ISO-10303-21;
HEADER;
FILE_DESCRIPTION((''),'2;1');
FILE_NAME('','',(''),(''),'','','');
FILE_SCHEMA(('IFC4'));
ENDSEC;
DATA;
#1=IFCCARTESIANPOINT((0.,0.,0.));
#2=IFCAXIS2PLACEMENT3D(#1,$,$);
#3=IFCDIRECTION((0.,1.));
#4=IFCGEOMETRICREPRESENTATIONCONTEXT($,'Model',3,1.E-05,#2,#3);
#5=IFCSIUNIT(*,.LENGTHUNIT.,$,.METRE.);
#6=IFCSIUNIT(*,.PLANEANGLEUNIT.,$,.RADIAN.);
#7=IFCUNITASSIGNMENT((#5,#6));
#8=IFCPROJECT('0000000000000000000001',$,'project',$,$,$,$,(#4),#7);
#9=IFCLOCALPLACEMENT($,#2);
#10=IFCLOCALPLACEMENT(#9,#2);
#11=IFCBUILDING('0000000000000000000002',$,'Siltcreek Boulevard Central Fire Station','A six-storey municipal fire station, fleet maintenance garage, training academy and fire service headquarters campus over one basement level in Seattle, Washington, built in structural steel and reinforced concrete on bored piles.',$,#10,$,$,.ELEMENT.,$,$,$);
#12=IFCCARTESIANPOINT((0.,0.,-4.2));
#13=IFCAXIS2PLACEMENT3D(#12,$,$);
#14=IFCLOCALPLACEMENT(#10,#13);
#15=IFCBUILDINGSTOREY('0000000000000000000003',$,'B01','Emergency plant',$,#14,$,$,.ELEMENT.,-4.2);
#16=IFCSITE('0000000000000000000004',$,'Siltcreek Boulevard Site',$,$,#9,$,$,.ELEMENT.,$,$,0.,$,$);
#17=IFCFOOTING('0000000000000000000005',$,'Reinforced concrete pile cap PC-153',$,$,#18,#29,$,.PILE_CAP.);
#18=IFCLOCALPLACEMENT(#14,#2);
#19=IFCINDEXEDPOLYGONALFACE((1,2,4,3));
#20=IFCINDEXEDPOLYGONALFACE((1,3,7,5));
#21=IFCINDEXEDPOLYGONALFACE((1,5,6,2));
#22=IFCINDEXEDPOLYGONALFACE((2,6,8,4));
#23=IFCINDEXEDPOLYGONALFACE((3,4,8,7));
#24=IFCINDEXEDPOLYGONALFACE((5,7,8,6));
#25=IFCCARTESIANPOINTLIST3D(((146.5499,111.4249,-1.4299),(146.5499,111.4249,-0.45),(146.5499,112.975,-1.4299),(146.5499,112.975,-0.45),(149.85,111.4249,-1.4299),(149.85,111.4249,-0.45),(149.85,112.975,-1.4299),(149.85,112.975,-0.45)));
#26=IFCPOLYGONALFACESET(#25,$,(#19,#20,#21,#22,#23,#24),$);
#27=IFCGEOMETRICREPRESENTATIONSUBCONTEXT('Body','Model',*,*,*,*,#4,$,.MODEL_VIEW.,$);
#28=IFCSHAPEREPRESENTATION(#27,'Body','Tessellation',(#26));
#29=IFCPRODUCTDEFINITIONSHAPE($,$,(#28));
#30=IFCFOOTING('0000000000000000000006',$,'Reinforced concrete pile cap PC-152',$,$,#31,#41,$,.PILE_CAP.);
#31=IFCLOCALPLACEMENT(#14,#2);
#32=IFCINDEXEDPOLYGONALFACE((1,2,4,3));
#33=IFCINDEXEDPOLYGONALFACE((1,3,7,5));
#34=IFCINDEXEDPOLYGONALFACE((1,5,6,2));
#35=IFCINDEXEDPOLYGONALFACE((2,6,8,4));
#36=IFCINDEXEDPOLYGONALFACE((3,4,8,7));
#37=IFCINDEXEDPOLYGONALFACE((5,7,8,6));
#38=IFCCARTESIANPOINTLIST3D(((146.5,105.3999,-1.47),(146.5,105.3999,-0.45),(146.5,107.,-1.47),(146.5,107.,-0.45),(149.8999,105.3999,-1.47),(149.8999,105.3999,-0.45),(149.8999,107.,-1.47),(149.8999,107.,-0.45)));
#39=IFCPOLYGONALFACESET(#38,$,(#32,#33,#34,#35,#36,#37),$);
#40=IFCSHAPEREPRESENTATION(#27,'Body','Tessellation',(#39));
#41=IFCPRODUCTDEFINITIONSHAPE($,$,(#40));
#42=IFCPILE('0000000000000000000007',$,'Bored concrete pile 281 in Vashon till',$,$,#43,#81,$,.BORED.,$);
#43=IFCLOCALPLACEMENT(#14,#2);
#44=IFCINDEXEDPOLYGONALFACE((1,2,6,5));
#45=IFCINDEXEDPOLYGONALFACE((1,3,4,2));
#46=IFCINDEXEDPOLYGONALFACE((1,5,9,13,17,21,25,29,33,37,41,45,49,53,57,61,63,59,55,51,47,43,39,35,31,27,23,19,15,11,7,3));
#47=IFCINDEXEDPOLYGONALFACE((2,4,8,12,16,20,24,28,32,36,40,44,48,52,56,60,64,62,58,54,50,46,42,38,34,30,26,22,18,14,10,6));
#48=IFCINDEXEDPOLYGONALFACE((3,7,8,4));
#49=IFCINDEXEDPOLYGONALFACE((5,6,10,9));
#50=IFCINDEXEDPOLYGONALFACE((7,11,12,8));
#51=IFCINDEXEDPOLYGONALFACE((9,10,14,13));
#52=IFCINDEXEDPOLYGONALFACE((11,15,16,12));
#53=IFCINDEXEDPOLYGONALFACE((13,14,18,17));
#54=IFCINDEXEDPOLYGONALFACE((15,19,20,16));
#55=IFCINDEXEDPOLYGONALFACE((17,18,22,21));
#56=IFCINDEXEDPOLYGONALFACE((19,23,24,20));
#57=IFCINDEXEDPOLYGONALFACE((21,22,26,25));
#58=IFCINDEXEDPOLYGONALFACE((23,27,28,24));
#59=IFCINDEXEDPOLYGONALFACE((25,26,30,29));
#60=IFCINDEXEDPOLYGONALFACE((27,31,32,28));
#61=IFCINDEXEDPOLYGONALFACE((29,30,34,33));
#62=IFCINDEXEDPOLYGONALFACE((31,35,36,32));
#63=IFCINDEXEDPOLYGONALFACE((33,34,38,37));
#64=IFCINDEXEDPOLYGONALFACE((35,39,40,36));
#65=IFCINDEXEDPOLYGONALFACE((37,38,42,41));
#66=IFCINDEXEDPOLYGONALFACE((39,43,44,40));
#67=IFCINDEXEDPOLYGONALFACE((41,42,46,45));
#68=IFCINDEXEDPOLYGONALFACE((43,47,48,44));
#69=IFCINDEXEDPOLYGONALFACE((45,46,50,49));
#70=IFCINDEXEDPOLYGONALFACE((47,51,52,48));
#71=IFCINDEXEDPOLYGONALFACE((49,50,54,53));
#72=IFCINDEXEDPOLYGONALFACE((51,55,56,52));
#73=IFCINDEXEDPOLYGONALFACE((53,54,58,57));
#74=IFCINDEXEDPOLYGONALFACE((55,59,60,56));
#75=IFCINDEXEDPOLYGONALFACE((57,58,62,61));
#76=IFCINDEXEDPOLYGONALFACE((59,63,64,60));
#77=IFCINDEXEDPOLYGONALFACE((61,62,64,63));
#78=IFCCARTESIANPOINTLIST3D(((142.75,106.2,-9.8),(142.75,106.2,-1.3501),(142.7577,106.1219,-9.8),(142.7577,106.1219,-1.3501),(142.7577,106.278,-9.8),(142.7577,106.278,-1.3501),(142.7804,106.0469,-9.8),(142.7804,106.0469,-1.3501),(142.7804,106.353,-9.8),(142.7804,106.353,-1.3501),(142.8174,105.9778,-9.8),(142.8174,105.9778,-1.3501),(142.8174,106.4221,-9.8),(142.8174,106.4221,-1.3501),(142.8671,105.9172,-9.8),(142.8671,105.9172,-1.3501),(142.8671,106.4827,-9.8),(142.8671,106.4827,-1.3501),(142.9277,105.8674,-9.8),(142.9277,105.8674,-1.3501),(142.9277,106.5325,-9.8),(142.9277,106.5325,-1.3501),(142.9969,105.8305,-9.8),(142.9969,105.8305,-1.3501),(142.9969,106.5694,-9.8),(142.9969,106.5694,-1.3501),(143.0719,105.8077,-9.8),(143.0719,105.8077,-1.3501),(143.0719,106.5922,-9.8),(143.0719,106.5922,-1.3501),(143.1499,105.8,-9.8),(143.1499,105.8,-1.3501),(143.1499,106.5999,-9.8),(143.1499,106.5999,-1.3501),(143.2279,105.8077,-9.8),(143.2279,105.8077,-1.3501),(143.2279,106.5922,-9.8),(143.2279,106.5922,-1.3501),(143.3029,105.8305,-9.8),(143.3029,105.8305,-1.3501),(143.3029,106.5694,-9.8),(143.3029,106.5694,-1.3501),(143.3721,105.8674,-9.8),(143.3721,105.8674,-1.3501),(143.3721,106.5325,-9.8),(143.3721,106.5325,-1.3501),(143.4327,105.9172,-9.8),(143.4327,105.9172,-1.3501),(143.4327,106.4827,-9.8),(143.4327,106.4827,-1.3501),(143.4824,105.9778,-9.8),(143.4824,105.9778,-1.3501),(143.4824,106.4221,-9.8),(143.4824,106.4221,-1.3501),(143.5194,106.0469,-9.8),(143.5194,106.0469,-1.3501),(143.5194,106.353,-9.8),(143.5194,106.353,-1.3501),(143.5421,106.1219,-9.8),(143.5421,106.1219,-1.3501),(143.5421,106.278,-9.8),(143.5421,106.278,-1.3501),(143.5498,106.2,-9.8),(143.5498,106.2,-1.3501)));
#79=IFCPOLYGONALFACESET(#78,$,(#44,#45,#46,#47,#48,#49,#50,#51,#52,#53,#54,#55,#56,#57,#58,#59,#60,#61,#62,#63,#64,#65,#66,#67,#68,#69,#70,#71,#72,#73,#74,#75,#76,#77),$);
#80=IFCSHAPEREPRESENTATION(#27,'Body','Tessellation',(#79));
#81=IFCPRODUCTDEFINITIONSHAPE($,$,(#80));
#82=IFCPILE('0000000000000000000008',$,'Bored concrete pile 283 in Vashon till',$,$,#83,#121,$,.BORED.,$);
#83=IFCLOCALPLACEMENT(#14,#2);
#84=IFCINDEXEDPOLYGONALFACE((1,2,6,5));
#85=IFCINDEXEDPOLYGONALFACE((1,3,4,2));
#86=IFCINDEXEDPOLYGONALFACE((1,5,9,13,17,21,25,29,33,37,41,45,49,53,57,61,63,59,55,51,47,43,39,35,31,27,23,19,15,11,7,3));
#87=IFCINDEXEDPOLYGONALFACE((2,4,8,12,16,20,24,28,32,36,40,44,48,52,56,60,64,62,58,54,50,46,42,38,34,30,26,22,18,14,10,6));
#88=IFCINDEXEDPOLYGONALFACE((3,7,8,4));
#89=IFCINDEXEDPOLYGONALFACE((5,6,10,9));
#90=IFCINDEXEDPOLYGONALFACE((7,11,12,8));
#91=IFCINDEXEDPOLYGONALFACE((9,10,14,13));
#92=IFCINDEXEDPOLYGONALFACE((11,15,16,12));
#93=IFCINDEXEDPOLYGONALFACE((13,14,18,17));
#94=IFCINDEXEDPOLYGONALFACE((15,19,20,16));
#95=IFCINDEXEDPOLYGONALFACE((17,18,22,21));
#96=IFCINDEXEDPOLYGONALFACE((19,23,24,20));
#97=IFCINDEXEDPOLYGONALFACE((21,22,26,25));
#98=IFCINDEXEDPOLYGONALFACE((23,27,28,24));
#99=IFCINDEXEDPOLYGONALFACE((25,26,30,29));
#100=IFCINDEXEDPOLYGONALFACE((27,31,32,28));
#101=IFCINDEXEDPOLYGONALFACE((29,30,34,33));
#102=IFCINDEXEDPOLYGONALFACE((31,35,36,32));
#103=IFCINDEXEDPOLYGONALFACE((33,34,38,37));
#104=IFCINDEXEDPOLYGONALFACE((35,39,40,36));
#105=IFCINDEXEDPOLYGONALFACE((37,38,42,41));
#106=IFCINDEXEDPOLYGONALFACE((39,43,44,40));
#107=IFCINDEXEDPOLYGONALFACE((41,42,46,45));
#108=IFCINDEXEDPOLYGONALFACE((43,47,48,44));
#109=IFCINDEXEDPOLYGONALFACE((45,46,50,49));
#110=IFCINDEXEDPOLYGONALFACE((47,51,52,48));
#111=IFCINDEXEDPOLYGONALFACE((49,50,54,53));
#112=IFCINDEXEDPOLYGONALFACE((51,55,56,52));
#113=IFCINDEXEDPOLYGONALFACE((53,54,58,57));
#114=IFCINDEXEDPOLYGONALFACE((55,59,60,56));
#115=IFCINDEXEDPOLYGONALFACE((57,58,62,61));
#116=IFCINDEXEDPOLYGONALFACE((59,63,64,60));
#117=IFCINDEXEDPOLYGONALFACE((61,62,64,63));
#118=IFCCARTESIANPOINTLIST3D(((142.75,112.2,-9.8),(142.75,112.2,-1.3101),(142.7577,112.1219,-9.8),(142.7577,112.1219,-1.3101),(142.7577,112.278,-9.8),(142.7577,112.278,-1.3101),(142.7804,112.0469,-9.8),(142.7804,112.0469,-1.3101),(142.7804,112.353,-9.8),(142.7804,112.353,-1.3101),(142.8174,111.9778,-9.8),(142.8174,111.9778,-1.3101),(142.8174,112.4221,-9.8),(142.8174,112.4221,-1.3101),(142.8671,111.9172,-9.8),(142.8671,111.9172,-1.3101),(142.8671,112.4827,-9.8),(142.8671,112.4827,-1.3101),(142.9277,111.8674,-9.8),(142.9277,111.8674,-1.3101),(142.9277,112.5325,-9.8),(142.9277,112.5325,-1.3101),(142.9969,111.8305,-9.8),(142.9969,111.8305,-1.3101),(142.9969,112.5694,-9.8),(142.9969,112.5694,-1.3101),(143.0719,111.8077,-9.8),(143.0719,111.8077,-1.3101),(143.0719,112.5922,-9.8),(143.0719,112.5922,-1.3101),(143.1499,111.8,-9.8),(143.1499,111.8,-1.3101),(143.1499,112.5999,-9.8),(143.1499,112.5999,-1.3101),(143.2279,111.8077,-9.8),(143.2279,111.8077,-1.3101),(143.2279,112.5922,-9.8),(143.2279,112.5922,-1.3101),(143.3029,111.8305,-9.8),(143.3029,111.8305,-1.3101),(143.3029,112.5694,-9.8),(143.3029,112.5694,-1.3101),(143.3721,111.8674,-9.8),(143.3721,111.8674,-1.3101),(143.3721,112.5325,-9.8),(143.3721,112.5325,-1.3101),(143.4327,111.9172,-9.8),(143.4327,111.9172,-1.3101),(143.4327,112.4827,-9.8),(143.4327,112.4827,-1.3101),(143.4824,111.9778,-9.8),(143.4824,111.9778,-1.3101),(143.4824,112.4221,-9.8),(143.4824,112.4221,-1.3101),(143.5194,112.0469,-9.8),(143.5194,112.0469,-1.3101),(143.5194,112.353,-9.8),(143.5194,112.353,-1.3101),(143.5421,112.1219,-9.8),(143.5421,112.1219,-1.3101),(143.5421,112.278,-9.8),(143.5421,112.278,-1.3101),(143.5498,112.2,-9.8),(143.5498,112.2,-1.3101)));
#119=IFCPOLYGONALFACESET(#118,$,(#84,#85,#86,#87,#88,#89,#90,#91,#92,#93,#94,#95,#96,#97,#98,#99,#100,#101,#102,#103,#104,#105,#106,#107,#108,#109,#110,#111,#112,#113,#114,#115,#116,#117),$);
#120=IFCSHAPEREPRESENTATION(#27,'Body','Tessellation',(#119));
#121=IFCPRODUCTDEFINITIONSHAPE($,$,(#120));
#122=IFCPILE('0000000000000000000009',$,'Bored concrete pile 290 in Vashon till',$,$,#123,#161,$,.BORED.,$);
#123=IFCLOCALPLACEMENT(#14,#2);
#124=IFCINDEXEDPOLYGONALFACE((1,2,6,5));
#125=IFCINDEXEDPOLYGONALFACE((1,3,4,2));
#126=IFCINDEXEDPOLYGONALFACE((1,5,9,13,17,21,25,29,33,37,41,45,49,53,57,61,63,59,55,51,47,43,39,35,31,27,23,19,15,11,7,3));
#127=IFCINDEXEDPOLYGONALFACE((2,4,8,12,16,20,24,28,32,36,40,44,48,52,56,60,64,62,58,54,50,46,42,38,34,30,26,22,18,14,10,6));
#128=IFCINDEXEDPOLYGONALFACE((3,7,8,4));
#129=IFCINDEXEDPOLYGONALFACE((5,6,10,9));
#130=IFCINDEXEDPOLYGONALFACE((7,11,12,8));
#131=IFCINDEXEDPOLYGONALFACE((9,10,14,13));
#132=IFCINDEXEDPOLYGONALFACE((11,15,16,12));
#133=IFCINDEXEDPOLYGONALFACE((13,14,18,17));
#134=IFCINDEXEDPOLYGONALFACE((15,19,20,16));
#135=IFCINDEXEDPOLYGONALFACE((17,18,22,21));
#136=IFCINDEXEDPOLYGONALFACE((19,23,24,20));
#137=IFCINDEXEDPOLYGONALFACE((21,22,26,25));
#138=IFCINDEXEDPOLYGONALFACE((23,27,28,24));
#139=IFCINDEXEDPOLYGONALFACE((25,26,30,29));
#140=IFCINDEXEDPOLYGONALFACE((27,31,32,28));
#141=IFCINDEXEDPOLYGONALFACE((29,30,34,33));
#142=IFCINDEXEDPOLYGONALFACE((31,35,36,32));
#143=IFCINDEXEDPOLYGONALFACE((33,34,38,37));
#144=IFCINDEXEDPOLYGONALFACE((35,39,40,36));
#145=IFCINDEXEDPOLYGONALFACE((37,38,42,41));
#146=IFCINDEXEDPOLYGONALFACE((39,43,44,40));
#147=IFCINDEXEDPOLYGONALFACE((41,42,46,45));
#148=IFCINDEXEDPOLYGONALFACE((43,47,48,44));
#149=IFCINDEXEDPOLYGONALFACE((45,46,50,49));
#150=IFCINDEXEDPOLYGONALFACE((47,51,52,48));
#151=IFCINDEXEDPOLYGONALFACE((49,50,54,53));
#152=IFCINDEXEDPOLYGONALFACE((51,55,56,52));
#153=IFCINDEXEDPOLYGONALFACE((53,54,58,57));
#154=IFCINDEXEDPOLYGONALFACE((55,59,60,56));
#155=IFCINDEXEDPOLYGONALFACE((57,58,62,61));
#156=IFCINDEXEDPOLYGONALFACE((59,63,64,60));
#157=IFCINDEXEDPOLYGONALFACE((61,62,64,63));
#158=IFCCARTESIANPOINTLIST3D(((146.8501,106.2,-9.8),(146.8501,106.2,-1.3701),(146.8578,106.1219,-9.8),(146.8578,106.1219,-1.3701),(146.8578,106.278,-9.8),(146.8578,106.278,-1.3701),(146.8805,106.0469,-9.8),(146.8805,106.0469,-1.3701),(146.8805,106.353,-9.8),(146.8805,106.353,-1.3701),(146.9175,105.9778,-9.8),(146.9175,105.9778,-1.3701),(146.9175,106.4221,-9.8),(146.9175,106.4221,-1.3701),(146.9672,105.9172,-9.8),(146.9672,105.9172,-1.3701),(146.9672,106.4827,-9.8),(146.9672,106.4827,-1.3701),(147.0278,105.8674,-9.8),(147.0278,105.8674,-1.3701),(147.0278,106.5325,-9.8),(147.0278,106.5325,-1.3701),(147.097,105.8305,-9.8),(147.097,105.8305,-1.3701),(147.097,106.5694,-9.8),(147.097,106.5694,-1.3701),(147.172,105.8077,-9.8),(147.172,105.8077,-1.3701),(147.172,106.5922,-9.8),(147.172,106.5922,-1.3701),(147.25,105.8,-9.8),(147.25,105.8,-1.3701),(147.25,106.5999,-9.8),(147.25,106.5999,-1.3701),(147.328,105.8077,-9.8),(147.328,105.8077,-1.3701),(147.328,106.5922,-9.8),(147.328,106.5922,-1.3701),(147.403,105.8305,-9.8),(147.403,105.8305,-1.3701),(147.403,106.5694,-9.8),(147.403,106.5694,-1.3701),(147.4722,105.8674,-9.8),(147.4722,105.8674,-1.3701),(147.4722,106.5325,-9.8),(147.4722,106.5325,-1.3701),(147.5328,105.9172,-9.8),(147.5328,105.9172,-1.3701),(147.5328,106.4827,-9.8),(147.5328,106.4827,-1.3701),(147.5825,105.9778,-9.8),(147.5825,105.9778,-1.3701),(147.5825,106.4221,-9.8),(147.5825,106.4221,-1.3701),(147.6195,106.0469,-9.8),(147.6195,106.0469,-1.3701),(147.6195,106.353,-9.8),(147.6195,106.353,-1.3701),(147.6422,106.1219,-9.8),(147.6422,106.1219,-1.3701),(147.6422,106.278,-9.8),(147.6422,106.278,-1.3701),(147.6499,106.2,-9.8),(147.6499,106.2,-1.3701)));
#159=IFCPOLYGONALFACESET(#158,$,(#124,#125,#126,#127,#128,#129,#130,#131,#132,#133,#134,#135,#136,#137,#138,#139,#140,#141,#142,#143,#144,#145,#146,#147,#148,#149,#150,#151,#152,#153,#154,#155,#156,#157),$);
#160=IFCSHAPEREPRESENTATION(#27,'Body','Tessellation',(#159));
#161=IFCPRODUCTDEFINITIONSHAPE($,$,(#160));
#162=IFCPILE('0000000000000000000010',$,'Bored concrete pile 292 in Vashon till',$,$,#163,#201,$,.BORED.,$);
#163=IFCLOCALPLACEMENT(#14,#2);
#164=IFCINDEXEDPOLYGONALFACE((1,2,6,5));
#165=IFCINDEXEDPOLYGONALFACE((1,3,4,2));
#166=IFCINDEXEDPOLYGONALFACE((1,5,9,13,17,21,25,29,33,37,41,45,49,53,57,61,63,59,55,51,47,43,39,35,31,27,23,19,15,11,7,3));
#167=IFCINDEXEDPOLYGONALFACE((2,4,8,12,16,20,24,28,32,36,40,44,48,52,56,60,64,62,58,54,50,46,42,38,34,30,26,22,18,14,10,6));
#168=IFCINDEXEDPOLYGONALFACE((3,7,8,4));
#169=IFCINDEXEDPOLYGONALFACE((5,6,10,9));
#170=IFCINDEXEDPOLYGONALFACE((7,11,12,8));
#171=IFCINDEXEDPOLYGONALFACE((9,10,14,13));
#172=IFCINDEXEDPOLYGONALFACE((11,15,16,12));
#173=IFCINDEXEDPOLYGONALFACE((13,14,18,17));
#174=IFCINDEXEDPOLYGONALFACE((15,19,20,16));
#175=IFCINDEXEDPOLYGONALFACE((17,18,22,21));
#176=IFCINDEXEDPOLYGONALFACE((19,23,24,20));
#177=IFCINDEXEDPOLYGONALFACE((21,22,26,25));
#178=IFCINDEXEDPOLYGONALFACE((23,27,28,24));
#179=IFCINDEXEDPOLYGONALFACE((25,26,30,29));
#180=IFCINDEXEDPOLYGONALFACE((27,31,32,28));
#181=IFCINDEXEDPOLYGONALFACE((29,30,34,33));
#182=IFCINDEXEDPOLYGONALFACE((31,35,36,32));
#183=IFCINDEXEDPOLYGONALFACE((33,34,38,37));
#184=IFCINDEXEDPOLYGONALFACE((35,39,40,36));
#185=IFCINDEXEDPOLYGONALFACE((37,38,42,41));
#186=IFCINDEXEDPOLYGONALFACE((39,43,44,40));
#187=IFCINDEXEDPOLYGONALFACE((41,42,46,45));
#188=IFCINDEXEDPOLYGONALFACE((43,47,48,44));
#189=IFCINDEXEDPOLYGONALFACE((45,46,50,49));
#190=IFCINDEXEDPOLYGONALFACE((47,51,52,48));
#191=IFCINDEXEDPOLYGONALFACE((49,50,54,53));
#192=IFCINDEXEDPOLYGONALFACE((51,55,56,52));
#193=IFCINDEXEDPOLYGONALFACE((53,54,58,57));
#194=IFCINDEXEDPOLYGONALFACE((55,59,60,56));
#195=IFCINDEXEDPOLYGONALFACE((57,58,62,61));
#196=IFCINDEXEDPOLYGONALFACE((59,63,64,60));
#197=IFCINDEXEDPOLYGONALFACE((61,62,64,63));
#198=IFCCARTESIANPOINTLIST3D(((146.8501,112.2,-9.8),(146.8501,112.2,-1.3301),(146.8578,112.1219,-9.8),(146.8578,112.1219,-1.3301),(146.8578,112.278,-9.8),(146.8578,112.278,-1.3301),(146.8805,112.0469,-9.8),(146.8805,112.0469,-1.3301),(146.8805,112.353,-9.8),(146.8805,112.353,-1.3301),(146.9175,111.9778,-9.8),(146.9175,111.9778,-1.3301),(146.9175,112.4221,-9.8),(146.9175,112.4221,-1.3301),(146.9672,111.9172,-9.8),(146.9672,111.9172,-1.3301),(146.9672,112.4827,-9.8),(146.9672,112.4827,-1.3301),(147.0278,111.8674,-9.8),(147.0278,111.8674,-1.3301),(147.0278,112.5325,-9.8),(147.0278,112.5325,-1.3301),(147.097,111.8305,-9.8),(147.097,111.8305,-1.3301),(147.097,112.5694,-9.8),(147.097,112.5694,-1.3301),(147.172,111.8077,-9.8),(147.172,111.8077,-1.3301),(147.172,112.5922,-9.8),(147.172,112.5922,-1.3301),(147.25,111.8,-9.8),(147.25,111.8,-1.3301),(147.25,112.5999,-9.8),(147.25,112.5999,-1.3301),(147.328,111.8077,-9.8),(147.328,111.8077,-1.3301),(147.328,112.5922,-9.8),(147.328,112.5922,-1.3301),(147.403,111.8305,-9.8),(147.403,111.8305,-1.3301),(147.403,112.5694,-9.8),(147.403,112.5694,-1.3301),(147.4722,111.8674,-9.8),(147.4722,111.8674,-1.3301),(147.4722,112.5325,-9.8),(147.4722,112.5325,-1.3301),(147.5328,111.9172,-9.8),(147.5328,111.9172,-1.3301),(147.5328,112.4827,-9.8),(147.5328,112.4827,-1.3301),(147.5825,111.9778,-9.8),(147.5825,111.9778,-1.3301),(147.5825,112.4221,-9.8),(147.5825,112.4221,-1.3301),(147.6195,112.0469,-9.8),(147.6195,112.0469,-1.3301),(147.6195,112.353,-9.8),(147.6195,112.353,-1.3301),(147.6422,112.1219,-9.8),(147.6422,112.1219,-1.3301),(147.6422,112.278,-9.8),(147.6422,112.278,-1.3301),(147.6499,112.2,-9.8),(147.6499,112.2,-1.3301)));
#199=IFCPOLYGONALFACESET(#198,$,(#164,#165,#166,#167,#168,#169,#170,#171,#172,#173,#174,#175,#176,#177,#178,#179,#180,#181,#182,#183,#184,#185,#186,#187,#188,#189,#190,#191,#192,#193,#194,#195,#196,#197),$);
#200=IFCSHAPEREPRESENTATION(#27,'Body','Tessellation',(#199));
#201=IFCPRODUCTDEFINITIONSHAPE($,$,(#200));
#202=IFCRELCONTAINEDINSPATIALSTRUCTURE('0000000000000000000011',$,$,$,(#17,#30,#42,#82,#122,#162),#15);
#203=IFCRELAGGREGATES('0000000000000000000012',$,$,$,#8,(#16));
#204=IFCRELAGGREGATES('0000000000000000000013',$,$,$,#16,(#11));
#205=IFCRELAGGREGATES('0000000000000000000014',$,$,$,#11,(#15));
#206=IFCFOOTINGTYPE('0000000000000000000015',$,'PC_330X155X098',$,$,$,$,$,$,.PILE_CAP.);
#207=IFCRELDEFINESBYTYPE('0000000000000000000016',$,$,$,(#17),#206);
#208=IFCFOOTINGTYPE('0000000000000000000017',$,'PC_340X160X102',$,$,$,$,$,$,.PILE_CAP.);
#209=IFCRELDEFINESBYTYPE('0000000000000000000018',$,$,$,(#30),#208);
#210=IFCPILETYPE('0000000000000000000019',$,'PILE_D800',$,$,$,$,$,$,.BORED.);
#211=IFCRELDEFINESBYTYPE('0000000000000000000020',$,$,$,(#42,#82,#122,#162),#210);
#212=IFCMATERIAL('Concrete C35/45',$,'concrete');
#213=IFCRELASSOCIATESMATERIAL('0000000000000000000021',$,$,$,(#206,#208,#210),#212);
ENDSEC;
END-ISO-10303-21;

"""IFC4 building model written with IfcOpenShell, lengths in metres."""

from ifc_helpers import new_model, si_unit, direction, frame, origin, origin_2d, place, context, subcontext, project, spatial, rectangle, circle, extrude, material, material_profile, profile_set, type_object, element, save


model = new_model("IFC4")

# Units and contexts
model_context = context("Model", 3, precision=1e-05, world=origin(), true_north=direction((0.0, 1.0)))
body_context = subcontext(model_context, "Body", "Model", "MODEL_VIEW")
ifc_project = project(units=[si_unit("LENGTHUNIT", "METRE"), si_unit("PLANEANGLEUNIT", "RADIAN")], contexts=[model_context])

# Site, building, storey
site_placement = place(None, origin())
site = spatial("IfcSite", under=ifc_project, at=site_placement, Name="Siltcreek Boulevard Site", CompositionType="ELEMENT", RefElevation=0.0)
building_placement = place(site_placement, origin())
building = spatial("IfcBuilding", under=site, at=building_placement, Name="Siltcreek Boulevard Central Fire Station", Description="A six-storey municipal fire station, fleet maintenance garage, training academy and fire service headquarters campus over one basement level in Seattle, Washington, built in structural steel and reinforced concrete on bored piles.", CompositionType="ELEMENT")
storey_placement = place(building_placement, frame((0.0, 0.0, -4.2)))
storey = spatial("IfcBuildingStorey", under=building, at=storey_placement, Name="B01", Description="Emergency plant", CompositionType="ELEMENT", Elevation=-4.2)

# Footings
ifc_material_1 = material(Name="Concrete C35/45", Category="concrete")
footing_type_1 = type_object("IfcFootingType", Name="PC_330X155X098", PredefinedType="PILE_CAP", material=ifc_material_1)
footing_1_placement = place(storey_placement, frame((148.2, 112.2, -1.4299), z_axis=(0.0, 0.0, 1.0), x_axis=(1.0, 0.0, 0.0)))
element("IfcFooting", 1, at=footing_1_placement, inside=storey, type_object=footing_type_1, Name="Reinforced concrete pile cap PC-153", PredefinedType="PILE_CAP", context=body_context, shape_type="SweptSolid", body=[
    extrude(rectangle(XDim=3.3, YDim=1.55, at=origin_2d()), origin(), (0.0, 0.0, 1.0), 0.98),
])
footing_type_2 = type_object("IfcFootingType", Name="PC_340X160X102", PredefinedType="PILE_CAP", material=ifc_material_1)
footing_2_placement = place(storey_placement, frame((148.2, 106.2, -1.47), z_axis=(0.0, 0.0, 1.0), x_axis=(1.0, 0.0, 0.0)))
element("IfcFooting", 2, at=footing_2_placement, inside=storey, type_object=footing_type_2, Name="Reinforced concrete pile cap PC-152", PredefinedType="PILE_CAP", context=body_context, shape_type="SweptSolid", body=[
    extrude(rectangle(XDim=3.3999, YDim=1.6001, at=origin_2d()), origin(), (0.0, 0.0, 1.0), 1.02),
])

# Piles
ifc_material_profile_1 = material_profile(ifc_material_1, circle(Radius=0.3999, at=origin_2d()), Name="SHAFT800")
ifc_profile_set_1 = profile_set([ifc_material_profile_1], Name="Concrete C35/45")
pile_type = type_object("IfcPileType", Name="PILE_D800", PredefinedType="BORED", material=ifc_profile_set_1)
pile_1_placement = place(storey_placement, frame((143.1499, 106.2, -1.3501), z_axis=(0.0, 0.0, -1.0), x_axis=(1.0, 0.0, 0.0)))
element("IfcPile", 3, at=pile_1_placement, inside=storey, type_object=pile_type, Name="Bored concrete pile 281 in Vashon till", PredefinedType="BORED", context=body_context, shape_type="SweptSolid", body=[
    extrude(circle(Radius=0.3999, at=origin_2d()), origin(), (0.0, 0.0, 1.0), 8.45),
])
pile_2_placement = place(storey_placement, frame((143.1499, 112.2, -1.3101), z_axis=(0.0, 0.0, -1.0), x_axis=(1.0, 0.0, 0.0)))
element("IfcPile", 4, at=pile_2_placement, inside=storey, type_object=pile_type, Name="Bored concrete pile 283 in Vashon till", PredefinedType="BORED", context=body_context, shape_type="SweptSolid", body=[
    extrude(circle(Radius=0.3999, at=origin_2d()), origin(), (0.0, 0.0, 1.0), 8.49),
])
pile_3_placement = place(storey_placement, frame((147.25, 106.2, -1.3701), z_axis=(0.0, 0.0, -1.0), x_axis=(1.0, 0.0, 0.0)))
element("IfcPile", 5, at=pile_3_placement, inside=storey, type_object=pile_type, Name="Bored concrete pile 290 in Vashon till", PredefinedType="BORED", context=body_context, shape_type="SweptSolid", body=[
    extrude(circle(Radius=0.3999, at=origin_2d()), origin(), (0.0, 0.0, 1.0), 8.4299),
])
pile_4_placement = place(storey_placement, frame((147.25, 112.2, -1.3301), z_axis=(0.0, 0.0, -1.0), x_axis=(1.0, 0.0, 0.0)))
element("IfcPile", 6, at=pile_4_placement, inside=storey, type_object=pile_type, Name="Bored concrete pile 292 in Vashon till", PredefinedType="BORED", context=body_context, shape_type="SweptSolid", body=[
    extrude(circle(Radius=0.3999, at=origin_2d()), origin(), (0.0, 0.0, 1.0), 8.47),
])

save(model, "model.ifc")
